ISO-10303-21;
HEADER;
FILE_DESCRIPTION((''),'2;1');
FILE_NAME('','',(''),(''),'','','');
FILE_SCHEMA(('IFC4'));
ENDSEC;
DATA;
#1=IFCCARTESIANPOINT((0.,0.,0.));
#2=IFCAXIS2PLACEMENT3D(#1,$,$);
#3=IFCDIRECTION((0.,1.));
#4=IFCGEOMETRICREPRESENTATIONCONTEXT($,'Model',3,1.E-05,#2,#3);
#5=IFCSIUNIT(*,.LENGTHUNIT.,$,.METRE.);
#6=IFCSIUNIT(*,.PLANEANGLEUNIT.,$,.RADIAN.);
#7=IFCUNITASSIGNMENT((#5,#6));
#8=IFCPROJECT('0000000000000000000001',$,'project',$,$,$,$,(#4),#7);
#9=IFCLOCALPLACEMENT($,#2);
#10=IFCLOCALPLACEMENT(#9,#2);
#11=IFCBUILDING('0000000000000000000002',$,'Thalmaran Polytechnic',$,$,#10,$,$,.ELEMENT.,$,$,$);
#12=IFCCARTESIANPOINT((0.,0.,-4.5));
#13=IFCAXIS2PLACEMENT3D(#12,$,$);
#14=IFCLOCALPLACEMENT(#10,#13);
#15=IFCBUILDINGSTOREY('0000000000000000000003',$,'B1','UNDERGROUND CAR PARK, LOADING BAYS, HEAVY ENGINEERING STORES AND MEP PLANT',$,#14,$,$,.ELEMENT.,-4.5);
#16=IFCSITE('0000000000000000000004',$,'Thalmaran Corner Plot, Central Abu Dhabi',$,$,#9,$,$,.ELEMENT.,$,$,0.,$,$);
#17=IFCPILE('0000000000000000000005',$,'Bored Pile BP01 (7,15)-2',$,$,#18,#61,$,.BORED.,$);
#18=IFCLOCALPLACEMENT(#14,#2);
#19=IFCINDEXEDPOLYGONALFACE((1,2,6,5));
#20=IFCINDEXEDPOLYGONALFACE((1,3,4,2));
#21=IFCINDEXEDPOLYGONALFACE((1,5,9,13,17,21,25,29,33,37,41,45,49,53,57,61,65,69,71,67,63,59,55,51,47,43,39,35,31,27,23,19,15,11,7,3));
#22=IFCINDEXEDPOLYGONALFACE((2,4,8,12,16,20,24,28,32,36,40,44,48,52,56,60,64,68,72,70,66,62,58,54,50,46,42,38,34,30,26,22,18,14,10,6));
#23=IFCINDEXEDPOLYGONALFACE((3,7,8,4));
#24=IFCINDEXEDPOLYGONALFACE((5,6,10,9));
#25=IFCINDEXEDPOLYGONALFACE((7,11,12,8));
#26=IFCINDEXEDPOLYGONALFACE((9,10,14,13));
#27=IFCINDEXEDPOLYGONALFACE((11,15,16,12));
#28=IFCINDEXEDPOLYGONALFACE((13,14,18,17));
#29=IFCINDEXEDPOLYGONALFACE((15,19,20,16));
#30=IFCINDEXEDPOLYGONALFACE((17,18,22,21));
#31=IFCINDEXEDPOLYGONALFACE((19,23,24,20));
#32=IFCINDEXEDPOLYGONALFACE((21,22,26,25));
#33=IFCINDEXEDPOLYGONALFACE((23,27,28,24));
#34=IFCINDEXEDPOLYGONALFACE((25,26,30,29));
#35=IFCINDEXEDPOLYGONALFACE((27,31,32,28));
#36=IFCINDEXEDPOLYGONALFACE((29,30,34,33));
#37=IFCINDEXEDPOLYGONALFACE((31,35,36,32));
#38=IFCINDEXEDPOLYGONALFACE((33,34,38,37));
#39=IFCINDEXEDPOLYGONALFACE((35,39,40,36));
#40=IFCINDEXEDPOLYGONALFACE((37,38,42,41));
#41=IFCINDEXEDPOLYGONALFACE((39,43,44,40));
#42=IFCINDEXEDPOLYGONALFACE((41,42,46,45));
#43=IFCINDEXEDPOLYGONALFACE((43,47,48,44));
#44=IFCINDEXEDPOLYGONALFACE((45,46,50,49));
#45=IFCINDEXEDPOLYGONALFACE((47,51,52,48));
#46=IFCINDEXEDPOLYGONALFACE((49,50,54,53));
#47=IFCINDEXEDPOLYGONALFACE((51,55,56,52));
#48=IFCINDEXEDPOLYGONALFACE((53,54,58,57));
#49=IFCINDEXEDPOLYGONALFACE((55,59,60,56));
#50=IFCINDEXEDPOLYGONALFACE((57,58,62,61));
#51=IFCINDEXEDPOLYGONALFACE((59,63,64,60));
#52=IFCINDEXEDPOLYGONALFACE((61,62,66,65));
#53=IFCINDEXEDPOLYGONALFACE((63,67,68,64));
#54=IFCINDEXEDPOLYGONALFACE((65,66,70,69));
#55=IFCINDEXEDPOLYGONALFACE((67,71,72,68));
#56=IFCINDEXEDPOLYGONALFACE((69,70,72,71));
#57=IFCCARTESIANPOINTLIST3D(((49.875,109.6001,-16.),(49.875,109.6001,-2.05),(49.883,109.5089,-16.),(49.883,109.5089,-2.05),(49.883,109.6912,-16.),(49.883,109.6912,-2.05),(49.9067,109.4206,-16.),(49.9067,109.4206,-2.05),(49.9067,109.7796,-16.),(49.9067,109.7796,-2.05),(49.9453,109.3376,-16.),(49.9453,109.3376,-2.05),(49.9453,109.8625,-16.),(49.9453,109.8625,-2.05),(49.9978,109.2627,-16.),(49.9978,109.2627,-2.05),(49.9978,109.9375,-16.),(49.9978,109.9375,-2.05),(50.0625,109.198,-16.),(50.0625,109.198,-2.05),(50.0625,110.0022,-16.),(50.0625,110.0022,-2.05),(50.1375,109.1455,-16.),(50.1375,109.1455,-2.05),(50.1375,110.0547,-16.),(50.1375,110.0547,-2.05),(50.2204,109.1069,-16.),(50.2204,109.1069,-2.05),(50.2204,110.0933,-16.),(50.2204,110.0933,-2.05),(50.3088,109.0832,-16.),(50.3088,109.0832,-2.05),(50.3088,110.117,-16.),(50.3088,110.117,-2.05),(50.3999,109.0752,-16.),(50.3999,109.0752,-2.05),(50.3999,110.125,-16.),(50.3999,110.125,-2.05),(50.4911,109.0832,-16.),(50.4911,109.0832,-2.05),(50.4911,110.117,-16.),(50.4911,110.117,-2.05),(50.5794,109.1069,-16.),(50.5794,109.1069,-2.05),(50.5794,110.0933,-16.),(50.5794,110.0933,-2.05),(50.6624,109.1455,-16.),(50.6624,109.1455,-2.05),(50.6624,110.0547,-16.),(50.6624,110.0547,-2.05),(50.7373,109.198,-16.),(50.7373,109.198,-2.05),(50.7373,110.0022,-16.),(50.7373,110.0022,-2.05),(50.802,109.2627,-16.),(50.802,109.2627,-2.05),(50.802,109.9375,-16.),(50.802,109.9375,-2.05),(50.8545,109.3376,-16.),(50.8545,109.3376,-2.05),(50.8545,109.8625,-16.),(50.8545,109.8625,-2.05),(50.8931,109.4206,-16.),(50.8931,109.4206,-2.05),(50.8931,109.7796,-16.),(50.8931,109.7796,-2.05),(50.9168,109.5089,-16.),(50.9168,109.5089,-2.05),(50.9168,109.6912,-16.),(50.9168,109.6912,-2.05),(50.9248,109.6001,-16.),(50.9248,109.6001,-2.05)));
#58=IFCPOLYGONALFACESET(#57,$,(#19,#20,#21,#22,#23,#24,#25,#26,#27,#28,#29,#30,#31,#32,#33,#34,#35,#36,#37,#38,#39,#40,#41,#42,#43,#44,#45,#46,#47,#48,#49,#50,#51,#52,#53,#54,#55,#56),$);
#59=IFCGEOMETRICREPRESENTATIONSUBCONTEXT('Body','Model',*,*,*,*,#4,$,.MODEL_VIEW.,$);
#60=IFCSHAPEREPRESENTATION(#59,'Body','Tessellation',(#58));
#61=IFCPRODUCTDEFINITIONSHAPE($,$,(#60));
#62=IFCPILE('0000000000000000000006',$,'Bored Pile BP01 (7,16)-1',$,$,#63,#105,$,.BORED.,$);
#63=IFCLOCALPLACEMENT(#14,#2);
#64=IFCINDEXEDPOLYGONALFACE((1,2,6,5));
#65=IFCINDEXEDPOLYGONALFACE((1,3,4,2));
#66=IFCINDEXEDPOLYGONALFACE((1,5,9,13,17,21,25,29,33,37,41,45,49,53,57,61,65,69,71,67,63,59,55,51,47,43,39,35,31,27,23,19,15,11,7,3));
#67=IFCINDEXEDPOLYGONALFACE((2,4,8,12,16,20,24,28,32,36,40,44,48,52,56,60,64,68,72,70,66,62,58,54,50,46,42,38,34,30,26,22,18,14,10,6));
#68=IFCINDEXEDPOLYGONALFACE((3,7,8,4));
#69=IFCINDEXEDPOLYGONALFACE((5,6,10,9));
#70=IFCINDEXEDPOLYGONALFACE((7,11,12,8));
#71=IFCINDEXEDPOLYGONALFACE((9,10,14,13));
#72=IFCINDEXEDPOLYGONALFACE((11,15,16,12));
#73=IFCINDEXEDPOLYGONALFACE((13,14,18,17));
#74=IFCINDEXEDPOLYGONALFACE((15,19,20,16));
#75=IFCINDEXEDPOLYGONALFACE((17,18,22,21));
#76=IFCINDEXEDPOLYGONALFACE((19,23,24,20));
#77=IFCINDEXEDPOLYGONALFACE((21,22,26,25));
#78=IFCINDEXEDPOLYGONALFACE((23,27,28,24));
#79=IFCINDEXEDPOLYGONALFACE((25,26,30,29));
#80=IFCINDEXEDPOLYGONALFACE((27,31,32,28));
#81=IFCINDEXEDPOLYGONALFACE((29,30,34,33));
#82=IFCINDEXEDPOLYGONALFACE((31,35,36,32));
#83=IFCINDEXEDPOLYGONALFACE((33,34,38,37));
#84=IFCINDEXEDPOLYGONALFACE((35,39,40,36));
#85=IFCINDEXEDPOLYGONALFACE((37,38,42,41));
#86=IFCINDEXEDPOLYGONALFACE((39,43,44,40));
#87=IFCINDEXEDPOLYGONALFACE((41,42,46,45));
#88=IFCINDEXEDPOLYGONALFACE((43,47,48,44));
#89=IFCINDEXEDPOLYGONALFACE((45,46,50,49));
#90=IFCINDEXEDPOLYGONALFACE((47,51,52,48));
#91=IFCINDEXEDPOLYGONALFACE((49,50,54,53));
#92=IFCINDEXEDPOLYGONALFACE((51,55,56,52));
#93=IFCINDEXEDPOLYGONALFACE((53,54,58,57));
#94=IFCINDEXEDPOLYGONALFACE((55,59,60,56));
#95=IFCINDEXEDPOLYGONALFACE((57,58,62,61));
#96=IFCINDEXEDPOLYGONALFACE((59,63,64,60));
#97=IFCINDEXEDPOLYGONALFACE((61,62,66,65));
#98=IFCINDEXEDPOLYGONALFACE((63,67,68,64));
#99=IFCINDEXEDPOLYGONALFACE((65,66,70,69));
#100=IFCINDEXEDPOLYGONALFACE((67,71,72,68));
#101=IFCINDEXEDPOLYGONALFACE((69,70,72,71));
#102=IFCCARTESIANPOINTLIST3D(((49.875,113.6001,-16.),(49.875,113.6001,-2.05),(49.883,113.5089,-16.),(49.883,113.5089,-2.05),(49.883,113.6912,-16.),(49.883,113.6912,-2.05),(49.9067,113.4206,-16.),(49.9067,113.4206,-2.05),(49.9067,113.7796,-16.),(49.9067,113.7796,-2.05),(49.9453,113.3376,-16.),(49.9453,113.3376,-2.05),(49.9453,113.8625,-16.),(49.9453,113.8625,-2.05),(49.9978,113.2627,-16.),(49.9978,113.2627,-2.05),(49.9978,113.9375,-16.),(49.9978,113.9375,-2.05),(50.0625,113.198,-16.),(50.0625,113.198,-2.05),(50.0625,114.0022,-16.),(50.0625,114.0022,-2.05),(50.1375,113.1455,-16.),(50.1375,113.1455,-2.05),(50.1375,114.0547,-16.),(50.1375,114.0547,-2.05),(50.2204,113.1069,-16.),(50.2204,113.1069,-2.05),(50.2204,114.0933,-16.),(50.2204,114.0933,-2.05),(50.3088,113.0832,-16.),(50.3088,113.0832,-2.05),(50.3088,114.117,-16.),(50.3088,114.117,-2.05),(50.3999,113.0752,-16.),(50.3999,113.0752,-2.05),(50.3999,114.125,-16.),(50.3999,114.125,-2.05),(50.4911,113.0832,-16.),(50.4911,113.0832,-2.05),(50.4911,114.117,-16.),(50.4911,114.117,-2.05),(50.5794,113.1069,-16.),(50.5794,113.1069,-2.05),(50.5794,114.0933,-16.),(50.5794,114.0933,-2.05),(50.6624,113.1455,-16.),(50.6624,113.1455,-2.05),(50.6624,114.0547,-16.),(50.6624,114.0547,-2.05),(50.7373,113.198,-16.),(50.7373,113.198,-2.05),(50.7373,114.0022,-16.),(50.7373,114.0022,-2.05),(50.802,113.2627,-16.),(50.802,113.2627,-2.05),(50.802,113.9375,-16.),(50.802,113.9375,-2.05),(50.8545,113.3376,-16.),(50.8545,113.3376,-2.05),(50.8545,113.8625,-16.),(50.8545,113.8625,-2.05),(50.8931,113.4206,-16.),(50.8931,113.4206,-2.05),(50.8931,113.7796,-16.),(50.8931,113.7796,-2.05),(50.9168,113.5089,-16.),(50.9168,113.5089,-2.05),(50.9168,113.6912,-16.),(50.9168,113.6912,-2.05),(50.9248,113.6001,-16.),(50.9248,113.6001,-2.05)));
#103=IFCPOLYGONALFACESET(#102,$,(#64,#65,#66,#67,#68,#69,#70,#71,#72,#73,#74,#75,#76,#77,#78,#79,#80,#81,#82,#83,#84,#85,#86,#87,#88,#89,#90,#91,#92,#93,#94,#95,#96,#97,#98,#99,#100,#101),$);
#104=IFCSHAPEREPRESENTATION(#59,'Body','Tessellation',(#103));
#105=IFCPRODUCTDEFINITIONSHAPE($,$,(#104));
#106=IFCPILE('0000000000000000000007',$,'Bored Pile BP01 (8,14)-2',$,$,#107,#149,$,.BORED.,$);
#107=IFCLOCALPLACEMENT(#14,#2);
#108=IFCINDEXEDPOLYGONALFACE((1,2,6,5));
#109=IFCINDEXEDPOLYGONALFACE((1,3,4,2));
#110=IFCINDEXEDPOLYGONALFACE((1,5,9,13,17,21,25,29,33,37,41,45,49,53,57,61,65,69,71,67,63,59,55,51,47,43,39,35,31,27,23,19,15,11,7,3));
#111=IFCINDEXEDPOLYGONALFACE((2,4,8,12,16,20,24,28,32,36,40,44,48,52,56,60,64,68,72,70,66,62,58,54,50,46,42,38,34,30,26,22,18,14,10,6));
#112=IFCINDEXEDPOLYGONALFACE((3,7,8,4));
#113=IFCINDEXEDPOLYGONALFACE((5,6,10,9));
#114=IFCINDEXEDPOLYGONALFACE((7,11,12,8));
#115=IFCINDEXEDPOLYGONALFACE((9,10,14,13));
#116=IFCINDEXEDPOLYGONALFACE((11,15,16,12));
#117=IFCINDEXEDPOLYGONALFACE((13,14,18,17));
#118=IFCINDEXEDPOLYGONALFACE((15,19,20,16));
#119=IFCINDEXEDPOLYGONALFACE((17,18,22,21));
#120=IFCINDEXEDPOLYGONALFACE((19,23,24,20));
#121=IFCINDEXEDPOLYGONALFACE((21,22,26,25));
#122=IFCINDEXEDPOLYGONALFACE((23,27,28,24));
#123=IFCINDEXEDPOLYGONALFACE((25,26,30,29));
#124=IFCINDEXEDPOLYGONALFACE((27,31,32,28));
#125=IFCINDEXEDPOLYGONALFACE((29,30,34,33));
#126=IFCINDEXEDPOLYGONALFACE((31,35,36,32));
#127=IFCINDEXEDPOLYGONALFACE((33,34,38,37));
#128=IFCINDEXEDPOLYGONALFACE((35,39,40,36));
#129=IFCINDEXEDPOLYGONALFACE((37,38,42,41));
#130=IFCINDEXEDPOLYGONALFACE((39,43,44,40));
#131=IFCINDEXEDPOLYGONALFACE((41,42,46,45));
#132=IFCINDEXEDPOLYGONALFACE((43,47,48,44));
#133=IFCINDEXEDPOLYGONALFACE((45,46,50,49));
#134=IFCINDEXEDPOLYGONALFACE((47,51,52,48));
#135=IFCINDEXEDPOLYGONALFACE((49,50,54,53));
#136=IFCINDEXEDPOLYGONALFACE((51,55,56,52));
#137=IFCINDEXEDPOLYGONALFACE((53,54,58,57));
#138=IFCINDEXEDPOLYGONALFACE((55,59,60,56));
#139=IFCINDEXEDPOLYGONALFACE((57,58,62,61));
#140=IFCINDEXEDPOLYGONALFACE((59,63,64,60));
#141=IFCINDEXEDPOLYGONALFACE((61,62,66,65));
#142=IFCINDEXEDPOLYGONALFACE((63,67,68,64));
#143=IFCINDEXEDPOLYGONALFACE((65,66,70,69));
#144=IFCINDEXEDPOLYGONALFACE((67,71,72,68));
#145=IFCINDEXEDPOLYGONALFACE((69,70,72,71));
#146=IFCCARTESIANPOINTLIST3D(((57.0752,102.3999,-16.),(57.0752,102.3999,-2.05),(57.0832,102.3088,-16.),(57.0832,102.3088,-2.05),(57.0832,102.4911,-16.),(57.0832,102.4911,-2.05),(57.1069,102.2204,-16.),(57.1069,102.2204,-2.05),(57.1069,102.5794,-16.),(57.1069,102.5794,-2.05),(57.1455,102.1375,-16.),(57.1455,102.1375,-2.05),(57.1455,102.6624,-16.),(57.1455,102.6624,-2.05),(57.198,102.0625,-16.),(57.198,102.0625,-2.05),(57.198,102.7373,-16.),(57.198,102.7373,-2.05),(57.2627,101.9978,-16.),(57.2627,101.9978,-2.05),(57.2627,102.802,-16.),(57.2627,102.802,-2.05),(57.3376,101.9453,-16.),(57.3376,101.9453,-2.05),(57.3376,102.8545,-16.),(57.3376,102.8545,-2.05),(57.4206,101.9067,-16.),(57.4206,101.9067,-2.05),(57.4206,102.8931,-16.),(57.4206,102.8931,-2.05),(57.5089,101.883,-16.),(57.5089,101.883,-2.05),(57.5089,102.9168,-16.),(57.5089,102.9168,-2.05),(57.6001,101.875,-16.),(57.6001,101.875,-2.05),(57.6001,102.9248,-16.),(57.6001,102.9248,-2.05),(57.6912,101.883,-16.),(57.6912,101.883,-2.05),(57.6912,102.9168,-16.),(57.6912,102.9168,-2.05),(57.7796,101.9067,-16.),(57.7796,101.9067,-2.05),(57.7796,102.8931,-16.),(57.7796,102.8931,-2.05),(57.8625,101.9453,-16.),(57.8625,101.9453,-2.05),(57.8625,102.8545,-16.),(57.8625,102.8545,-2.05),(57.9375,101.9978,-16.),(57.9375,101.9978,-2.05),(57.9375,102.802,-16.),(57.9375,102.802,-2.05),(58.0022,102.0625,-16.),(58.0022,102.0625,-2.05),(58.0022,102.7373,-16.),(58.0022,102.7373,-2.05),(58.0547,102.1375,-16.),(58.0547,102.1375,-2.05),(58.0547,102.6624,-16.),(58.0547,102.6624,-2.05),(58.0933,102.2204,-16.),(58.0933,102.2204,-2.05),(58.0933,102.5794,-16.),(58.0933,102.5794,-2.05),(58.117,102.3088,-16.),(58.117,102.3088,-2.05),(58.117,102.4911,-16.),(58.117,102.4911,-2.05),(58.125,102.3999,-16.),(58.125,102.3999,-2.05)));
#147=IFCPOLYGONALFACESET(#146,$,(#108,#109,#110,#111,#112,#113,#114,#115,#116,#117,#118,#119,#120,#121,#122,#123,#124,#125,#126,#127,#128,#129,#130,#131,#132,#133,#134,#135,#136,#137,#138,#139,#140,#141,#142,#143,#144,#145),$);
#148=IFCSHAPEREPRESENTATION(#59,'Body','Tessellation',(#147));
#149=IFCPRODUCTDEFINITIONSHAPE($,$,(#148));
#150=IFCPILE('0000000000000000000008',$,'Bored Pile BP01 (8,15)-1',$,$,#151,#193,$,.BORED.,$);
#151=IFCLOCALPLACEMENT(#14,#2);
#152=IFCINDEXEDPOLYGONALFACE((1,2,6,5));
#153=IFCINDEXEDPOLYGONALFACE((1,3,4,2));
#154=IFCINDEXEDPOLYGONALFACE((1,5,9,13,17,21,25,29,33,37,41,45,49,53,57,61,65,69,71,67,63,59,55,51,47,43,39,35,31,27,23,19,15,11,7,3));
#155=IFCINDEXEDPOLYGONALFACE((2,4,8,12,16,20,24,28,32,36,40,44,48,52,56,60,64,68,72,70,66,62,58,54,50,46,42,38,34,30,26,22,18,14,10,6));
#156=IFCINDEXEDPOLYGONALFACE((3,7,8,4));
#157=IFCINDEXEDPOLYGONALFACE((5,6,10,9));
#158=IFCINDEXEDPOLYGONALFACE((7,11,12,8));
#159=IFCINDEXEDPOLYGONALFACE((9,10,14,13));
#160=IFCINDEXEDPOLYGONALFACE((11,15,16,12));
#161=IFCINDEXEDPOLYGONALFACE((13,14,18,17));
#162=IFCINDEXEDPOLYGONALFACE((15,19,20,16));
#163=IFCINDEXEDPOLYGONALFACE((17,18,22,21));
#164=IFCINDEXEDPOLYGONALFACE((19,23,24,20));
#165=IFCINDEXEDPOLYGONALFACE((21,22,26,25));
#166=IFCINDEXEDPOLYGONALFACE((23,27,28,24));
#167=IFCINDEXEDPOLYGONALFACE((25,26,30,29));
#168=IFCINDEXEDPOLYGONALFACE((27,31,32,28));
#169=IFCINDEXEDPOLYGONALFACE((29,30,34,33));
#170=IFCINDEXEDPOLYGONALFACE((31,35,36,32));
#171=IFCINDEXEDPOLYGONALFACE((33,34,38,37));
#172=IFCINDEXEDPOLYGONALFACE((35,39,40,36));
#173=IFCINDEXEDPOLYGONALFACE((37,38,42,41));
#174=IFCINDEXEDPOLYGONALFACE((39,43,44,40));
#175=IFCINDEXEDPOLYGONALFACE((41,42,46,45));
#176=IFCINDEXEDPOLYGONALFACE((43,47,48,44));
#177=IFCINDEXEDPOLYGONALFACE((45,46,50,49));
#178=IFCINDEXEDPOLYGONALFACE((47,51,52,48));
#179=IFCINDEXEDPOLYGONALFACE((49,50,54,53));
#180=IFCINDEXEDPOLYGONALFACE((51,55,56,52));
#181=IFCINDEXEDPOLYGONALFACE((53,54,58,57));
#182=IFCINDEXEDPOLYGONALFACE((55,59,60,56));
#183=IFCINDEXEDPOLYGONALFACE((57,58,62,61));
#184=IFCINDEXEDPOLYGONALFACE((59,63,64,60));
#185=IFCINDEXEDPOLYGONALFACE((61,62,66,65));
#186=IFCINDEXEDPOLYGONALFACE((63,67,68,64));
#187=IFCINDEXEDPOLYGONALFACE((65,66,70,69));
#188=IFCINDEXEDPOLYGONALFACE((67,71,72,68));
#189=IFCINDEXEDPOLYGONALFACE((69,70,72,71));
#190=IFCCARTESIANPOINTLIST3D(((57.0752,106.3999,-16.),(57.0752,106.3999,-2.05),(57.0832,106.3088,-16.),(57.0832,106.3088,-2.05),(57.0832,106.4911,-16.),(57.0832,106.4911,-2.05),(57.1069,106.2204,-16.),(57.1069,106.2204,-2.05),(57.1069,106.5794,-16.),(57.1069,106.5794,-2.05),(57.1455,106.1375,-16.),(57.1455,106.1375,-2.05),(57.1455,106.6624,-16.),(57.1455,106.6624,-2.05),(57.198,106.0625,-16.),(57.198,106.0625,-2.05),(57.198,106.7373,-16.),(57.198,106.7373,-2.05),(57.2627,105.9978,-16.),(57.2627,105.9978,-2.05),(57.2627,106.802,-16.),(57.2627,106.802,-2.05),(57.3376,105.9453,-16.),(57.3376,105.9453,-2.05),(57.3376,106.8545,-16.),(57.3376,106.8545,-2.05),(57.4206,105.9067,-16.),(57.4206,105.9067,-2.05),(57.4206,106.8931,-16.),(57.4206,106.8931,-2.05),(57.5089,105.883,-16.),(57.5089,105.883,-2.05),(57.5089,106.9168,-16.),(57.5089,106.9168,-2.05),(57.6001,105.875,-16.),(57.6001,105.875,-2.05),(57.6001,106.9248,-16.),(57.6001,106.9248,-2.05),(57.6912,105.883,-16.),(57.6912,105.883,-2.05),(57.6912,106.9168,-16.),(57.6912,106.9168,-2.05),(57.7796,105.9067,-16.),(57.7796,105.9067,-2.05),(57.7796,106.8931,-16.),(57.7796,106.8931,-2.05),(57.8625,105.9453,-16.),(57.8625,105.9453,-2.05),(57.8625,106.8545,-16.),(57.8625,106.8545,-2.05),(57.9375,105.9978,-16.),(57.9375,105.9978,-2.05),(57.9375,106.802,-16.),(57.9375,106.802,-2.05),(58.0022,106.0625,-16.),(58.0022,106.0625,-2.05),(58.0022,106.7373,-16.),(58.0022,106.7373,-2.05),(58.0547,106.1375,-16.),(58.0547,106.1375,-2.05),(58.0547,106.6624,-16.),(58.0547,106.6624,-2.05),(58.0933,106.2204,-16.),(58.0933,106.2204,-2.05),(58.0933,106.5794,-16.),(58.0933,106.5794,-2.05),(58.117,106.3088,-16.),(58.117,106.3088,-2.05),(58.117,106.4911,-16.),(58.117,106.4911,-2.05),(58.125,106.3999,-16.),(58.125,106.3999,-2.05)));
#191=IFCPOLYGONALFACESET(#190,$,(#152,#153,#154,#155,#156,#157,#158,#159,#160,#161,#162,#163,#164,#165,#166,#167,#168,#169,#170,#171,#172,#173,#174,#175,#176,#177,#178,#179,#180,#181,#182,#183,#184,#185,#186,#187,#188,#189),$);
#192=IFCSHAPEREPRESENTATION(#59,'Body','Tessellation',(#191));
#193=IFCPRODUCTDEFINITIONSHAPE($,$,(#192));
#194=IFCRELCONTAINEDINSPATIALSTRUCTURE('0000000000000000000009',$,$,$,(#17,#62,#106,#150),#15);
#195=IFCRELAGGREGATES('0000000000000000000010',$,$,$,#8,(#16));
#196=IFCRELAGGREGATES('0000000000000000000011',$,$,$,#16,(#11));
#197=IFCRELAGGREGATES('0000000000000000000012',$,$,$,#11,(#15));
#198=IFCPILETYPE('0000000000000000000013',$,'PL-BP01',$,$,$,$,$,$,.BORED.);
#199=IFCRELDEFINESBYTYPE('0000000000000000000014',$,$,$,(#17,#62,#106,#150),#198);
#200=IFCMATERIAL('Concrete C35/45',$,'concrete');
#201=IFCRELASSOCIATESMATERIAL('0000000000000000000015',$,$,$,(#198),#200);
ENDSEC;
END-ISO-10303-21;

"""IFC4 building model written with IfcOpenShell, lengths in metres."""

from ifc_helpers import new_model, si_unit, direction, frame, origin, origin_2d, place, context, subcontext, project, spatial, circle, extrude, material, material_profile, profile_set, type_object, element, save


model = new_model("IFC4")

# Units and contexts
model_context = context("Model", 3, precision=1e-05, world=origin(), true_north=direction((0.0, 1.0)))
body_context = subcontext(model_context, "Body", "Model", "MODEL_VIEW")
ifc_project = project(units=[si_unit("LENGTHUNIT", "METRE"), si_unit("PLANEANGLEUNIT", "RADIAN")], contexts=[model_context])

# Site, building, storey
site_placement = place(None, origin())
site = spatial("IfcSite", under=ifc_project, at=site_placement, Name="Thalmaran Corner Plot, Central Abu Dhabi", CompositionType="ELEMENT", RefElevation=0.0)
building_placement = place(site_placement, origin())
building = spatial("IfcBuilding", under=site, at=building_placement, Name="Thalmaran Polytechnic", CompositionType="ELEMENT")
storey_placement = place(building_placement, frame((0.0, 0.0, -4.5)))
storey = spatial("IfcBuildingStorey", under=building, at=storey_placement, Name="B1", Description="UNDERGROUND CAR PARK, LOADING BAYS, HEAVY ENGINEERING STORES AND MEP PLANT", CompositionType="ELEMENT", Elevation=-4.5)

# Piles
ifc_material_1 = material(Name="Concrete C35/45", Category="concrete")
ifc_material_profile_1 = material_profile(ifc_material_1, circle(Radius=0.5249, at=origin_2d()), Name="RC 1050 DIA")
ifc_profile_set_1 = profile_set([ifc_material_profile_1], Name="Concrete C35/45")
pile_type = type_object("IfcPileType", Name="PL-BP01", PredefinedType="BORED", material=ifc_profile_set_1)
for number, where, z_axis, x_axis, name in (
    (1, (50.3999, 109.6001, -2.05), (0.0, 0.0, -1.0), (1.0, 0.0, 0.0), "Bored Pile BP01 (7,15)-2"),
    (2, (50.3999, 113.6001, -2.05), (0.0, 0.0, -1.0), (1.0, 0.0, 0.0), "Bored Pile BP01 (7,16)-1"),
    (3, (57.6001, 102.3999, -2.05), (0.0, 0.0, -1.0), (1.0, 0.0, 0.0), "Bored Pile BP01 (8,14)-2"),
    (4, (57.6001, 106.3999, -2.05), (0.0, 0.0, -1.0), (1.0, 0.0, 0.0), "Bored Pile BP01 (8,15)-1"),
):
    element("IfcPile", number, at=place(storey_placement, frame(where, z_axis=z_axis, x_axis=x_axis)), inside=storey, type_object=pile_type, Name=name, PredefinedType="BORED", context=body_context, shape_type="SweptSolid", body=[
        extrude(circle(Radius=0.5249, at=origin_2d()), origin(), (0.0, 0.0, 1.0), 13.95),
    ])

save(model, "model.ifc")
